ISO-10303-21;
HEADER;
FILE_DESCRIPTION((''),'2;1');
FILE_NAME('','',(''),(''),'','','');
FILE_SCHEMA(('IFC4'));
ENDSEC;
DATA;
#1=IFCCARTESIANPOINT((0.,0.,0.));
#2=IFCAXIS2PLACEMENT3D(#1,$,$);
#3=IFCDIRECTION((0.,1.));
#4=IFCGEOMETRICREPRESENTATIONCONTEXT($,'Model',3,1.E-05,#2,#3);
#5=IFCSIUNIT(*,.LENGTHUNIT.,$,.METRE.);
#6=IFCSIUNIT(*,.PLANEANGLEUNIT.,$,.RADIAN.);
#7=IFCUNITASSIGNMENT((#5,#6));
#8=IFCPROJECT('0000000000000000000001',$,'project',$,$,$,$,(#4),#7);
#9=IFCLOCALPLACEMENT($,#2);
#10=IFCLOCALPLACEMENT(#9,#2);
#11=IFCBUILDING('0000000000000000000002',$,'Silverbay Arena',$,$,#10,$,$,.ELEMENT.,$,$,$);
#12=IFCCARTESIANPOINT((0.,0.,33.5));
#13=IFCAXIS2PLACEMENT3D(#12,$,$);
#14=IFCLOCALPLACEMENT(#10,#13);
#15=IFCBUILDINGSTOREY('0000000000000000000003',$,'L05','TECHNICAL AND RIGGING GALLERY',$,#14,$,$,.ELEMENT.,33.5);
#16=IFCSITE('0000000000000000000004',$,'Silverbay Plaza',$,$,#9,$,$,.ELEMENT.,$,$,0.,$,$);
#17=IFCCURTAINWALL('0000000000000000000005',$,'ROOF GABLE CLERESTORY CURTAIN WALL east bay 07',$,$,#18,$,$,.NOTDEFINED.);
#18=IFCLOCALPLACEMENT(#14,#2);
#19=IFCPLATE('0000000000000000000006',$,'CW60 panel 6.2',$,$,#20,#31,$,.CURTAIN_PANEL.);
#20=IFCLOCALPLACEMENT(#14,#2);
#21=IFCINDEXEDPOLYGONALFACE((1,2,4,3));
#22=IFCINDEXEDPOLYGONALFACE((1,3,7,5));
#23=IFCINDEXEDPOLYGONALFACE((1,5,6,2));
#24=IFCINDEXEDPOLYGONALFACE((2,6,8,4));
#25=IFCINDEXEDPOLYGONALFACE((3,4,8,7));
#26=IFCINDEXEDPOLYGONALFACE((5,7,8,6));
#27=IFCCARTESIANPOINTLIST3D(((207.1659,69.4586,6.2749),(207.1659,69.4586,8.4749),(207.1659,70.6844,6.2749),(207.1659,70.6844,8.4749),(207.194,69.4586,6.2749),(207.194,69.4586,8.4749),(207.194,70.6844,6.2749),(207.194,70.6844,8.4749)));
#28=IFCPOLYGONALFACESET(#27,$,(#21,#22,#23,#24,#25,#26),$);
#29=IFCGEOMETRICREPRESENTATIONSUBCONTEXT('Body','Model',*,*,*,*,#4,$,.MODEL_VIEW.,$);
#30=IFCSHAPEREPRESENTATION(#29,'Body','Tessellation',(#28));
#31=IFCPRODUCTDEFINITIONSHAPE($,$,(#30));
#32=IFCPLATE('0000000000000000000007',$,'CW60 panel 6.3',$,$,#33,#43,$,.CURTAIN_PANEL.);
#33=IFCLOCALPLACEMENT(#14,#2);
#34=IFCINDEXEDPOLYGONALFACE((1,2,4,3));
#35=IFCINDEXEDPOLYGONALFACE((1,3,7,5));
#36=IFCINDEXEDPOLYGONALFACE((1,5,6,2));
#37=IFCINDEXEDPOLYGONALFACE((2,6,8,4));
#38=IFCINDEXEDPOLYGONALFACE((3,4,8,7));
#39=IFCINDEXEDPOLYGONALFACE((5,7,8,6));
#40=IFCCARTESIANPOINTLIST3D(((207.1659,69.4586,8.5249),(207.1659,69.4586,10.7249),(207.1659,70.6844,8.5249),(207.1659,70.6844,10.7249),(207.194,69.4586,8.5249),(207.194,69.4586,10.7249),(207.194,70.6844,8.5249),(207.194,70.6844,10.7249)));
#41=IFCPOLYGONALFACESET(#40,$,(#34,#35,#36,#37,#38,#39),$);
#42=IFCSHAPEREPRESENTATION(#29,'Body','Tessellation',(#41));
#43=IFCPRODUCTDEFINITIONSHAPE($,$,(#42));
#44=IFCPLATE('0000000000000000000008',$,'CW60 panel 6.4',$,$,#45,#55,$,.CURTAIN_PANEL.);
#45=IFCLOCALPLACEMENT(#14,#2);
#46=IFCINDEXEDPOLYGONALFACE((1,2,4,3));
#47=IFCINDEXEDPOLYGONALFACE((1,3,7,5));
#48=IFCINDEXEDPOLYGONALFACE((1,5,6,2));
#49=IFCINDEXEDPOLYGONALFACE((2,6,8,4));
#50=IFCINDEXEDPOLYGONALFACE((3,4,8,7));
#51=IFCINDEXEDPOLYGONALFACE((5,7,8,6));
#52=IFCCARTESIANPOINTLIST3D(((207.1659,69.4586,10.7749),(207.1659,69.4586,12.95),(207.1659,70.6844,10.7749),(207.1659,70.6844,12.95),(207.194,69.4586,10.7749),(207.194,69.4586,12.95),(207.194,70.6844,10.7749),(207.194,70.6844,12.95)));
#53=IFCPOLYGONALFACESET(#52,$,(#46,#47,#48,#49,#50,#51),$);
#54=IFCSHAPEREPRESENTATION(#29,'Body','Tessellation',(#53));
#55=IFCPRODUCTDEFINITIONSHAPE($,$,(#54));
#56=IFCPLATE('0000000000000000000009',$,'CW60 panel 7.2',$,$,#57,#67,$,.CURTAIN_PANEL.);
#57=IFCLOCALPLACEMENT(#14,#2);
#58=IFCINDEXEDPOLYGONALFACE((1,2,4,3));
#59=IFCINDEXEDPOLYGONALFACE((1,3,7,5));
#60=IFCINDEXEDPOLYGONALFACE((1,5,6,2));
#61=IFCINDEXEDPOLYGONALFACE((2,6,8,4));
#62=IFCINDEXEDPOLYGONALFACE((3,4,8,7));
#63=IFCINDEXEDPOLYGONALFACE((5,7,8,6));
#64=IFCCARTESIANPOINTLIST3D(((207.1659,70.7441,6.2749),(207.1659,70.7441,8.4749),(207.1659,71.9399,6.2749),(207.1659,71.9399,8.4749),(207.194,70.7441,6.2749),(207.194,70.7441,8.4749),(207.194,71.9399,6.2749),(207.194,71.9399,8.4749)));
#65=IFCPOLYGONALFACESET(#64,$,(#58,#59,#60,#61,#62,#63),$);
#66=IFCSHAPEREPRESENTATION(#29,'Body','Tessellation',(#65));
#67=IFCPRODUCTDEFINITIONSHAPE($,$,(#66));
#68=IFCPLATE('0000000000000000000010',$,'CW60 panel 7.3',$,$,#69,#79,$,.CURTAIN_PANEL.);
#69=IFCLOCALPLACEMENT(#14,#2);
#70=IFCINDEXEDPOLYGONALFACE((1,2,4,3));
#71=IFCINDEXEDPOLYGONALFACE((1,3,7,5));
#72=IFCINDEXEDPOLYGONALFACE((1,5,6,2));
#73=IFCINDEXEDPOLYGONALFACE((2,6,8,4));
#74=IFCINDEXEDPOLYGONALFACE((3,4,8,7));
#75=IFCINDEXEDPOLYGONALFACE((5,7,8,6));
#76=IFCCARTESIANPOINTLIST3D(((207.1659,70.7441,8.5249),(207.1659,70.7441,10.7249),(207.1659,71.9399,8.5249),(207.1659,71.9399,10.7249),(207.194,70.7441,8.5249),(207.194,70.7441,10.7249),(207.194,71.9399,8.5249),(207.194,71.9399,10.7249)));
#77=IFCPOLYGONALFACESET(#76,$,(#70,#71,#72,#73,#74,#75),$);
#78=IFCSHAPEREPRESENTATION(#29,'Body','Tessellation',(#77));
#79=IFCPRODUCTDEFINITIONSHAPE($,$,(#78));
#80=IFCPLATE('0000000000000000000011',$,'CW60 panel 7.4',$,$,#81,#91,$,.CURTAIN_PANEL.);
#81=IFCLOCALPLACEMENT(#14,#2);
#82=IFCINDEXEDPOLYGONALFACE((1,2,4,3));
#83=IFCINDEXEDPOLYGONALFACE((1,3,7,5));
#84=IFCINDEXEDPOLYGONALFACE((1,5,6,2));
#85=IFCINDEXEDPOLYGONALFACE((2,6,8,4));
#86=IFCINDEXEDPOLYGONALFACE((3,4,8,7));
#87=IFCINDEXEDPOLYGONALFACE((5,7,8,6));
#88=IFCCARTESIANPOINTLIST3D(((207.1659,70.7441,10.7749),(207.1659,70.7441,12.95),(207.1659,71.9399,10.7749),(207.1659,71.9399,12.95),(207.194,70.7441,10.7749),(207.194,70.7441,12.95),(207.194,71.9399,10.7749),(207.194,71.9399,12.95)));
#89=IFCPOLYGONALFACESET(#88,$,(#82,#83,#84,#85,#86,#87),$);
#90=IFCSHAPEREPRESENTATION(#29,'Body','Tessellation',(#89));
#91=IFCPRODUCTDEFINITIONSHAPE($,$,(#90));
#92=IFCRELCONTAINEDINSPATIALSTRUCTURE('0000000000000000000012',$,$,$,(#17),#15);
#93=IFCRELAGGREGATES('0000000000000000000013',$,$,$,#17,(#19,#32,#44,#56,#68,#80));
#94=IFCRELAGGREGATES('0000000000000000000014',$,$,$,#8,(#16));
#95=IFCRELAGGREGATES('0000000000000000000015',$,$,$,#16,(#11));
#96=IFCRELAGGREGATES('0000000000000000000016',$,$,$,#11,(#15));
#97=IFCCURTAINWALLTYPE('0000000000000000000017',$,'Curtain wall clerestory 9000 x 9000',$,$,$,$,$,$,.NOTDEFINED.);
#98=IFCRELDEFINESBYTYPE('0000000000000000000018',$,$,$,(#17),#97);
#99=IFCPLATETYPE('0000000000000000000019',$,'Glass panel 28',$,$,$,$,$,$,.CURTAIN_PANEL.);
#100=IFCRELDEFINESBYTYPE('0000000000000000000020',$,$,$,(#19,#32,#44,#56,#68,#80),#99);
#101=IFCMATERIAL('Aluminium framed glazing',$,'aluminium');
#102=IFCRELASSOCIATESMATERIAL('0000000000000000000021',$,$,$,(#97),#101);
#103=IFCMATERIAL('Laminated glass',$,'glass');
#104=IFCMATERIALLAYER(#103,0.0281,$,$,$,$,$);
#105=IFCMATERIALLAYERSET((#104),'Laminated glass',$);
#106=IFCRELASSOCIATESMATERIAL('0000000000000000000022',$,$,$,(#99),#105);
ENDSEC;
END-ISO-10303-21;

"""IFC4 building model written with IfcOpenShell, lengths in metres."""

from ifc_helpers import new_model, si_unit, direction, frame, origin, origin_2d, place, context, subcontext, project, spatial, rectangle, extrude, material, layer, layer_set, type_object, element, aggregate, save


model = new_model("IFC4")

# Units and contexts
model_context = context("Model", 3, precision=1e-05, world=origin(), true_north=direction((0.0, 1.0)))
body_context = subcontext(model_context, "Body", "Model", "MODEL_VIEW")
ifc_project = project(units=[si_unit("LENGTHUNIT", "METRE"), si_unit("PLANEANGLEUNIT", "RADIAN")], contexts=[model_context])

# Site, building, storey
site_placement = place(None, origin())
site = spatial("IfcSite", under=ifc_project, at=site_placement, Name="Silverbay Plaza", CompositionType="ELEMENT", RefElevation=0.0)
building_placement = place(site_placement, origin())
building = spatial("IfcBuilding", under=site, at=building_placement, Name="Silverbay Arena", CompositionType="ELEMENT")
storey_placement = place(building_placement, frame((0.0, 0.0, 33.5)))
storey = spatial("IfcBuildingStorey", under=building, at=storey_placement, Name="L05", Description="TECHNICAL AND RIGGING GALLERY", CompositionType="ELEMENT", Elevation=33.5)

# Curtain wall
ifc_material_1 = material(Name="Aluminium framed glazing", Category="aluminium")
curtain_wall_type = type_object("IfcCurtainWallType", Name="Curtain wall clerestory 9000 x 9000", PredefinedType="NOTDEFINED", material=ifc_material_1)
curtain_wall_1_placement = place(storey_placement, origin())
curtain_wall_1 = element("IfcCurtainWall", 1, at=curtain_wall_1_placement, inside=storey, type_object=curtain_wall_type, Name="ROOF GABLE CLERESTORY CURTAIN WALL east bay 07", PredefinedType="NOTDEFINED")

# Plates
ifc_material_2 = material(Name="Laminated glass", Category="glass")
ifc_layer = layer(ifc_material_2, 0.0281)
ifc_layer_set = layer_set([ifc_layer], Name="Laminated glass")
plate_type = type_object("IfcPlateType", Name="Glass panel 28", PredefinedType="CURTAIN_PANEL", material=ifc_layer_set)
plate_1_placement = place(storey_placement, frame((207.1799, 70.0715, 6.2749), z_axis=(0.0, 0.0, 1.0), x_axis=(0.0, 1.0, 0.0)))
plate_1 = element("IfcPlate", 2, at=plate_1_placement, type_object=plate_type, Name="CW60 panel 6.2", PredefinedType="CURTAIN_PANEL", context=body_context, shape_type="SweptSolid", body=[
    extrude(rectangle(XDim=1.2258, YDim=0.0281, at=origin_2d()), origin(), (0.0, 0.0, 1.0), 2.2),
])
plate_2_placement = place(storey_placement, frame((207.1799, 70.0715, 8.5249), z_axis=(0.0, 0.0, 1.0), x_axis=(0.0, 1.0, 0.0)))
plate_2 = element("IfcPlate", 3, at=plate_2_placement, type_object=plate_type, Name="CW60 panel 6.3", PredefinedType="CURTAIN_PANEL", context=body_context, shape_type="SweptSolid", body=[
    extrude(rectangle(XDim=1.2258, YDim=0.0281, at=origin_2d()), origin(), (0.0, 0.0, 1.0), 2.2),
])
plate_3_placement = place(storey_placement, frame((207.1799, 70.0715, 10.7749), z_axis=(0.0, 0.0, 1.0), x_axis=(0.0, 1.0, 0.0)))
plate_3 = element("IfcPlate", 4, at=plate_3_placement, type_object=plate_type, Name="CW60 panel 6.4", PredefinedType="CURTAIN_PANEL", context=body_context, shape_type="SweptSolid", body=[
    extrude(rectangle(XDim=1.2258, YDim=0.0281, at=origin_2d()), origin(), (0.0, 0.0, 1.0), 2.175),
])
plate_4_placement = place(storey_placement, frame((207.1799, 71.342, 6.2749), z_axis=(0.0, 0.0, 1.0), x_axis=(0.0, 1.0, 0.0)))
plate_4 = element("IfcPlate", 5, at=plate_4_placement, type_object=plate_type, Name="CW60 panel 7.2", PredefinedType="CURTAIN_PANEL", context=body_context, shape_type="SweptSolid", body=[
    extrude(rectangle(XDim=1.1958, YDim=0.0281, at=origin_2d()), origin(), (0.0, 0.0, 1.0), 2.2),
])
plate_5_placement = place(storey_placement, frame((207.1799, 71.342, 8.5249), z_axis=(0.0, 0.0, 1.0), x_axis=(0.0, 1.0, 0.0)))
plate_5 = element("IfcPlate", 6, at=plate_5_placement, type_object=plate_type, Name="CW60 panel 7.3", PredefinedType="CURTAIN_PANEL", context=body_context, shape_type="SweptSolid", body=[
    extrude(rectangle(XDim=1.1958, YDim=0.0281, at=origin_2d()), origin(), (0.0, 0.0, 1.0), 2.2),
])
plate_6_placement = place(storey_placement, frame((207.1799, 71.342, 10.7749), z_axis=(0.0, 0.0, 1.0), x_axis=(0.0, 1.0, 0.0)))
plate_6 = element("IfcPlate", 7, at=plate_6_placement, type_object=plate_type, Name="CW60 panel 7.4", PredefinedType="CURTAIN_PANEL", context=body_context, shape_type="SweptSolid", body=[
    extrude(rectangle(XDim=1.1958, YDim=0.0281, at=origin_2d()), origin(), (0.0, 0.0, 1.0), 2.175),
])
aggregate(curtain_wall_1, [plate_1, plate_2, plate_3, plate_4, plate_5, plate_6])

save(model, "model.ifc")
